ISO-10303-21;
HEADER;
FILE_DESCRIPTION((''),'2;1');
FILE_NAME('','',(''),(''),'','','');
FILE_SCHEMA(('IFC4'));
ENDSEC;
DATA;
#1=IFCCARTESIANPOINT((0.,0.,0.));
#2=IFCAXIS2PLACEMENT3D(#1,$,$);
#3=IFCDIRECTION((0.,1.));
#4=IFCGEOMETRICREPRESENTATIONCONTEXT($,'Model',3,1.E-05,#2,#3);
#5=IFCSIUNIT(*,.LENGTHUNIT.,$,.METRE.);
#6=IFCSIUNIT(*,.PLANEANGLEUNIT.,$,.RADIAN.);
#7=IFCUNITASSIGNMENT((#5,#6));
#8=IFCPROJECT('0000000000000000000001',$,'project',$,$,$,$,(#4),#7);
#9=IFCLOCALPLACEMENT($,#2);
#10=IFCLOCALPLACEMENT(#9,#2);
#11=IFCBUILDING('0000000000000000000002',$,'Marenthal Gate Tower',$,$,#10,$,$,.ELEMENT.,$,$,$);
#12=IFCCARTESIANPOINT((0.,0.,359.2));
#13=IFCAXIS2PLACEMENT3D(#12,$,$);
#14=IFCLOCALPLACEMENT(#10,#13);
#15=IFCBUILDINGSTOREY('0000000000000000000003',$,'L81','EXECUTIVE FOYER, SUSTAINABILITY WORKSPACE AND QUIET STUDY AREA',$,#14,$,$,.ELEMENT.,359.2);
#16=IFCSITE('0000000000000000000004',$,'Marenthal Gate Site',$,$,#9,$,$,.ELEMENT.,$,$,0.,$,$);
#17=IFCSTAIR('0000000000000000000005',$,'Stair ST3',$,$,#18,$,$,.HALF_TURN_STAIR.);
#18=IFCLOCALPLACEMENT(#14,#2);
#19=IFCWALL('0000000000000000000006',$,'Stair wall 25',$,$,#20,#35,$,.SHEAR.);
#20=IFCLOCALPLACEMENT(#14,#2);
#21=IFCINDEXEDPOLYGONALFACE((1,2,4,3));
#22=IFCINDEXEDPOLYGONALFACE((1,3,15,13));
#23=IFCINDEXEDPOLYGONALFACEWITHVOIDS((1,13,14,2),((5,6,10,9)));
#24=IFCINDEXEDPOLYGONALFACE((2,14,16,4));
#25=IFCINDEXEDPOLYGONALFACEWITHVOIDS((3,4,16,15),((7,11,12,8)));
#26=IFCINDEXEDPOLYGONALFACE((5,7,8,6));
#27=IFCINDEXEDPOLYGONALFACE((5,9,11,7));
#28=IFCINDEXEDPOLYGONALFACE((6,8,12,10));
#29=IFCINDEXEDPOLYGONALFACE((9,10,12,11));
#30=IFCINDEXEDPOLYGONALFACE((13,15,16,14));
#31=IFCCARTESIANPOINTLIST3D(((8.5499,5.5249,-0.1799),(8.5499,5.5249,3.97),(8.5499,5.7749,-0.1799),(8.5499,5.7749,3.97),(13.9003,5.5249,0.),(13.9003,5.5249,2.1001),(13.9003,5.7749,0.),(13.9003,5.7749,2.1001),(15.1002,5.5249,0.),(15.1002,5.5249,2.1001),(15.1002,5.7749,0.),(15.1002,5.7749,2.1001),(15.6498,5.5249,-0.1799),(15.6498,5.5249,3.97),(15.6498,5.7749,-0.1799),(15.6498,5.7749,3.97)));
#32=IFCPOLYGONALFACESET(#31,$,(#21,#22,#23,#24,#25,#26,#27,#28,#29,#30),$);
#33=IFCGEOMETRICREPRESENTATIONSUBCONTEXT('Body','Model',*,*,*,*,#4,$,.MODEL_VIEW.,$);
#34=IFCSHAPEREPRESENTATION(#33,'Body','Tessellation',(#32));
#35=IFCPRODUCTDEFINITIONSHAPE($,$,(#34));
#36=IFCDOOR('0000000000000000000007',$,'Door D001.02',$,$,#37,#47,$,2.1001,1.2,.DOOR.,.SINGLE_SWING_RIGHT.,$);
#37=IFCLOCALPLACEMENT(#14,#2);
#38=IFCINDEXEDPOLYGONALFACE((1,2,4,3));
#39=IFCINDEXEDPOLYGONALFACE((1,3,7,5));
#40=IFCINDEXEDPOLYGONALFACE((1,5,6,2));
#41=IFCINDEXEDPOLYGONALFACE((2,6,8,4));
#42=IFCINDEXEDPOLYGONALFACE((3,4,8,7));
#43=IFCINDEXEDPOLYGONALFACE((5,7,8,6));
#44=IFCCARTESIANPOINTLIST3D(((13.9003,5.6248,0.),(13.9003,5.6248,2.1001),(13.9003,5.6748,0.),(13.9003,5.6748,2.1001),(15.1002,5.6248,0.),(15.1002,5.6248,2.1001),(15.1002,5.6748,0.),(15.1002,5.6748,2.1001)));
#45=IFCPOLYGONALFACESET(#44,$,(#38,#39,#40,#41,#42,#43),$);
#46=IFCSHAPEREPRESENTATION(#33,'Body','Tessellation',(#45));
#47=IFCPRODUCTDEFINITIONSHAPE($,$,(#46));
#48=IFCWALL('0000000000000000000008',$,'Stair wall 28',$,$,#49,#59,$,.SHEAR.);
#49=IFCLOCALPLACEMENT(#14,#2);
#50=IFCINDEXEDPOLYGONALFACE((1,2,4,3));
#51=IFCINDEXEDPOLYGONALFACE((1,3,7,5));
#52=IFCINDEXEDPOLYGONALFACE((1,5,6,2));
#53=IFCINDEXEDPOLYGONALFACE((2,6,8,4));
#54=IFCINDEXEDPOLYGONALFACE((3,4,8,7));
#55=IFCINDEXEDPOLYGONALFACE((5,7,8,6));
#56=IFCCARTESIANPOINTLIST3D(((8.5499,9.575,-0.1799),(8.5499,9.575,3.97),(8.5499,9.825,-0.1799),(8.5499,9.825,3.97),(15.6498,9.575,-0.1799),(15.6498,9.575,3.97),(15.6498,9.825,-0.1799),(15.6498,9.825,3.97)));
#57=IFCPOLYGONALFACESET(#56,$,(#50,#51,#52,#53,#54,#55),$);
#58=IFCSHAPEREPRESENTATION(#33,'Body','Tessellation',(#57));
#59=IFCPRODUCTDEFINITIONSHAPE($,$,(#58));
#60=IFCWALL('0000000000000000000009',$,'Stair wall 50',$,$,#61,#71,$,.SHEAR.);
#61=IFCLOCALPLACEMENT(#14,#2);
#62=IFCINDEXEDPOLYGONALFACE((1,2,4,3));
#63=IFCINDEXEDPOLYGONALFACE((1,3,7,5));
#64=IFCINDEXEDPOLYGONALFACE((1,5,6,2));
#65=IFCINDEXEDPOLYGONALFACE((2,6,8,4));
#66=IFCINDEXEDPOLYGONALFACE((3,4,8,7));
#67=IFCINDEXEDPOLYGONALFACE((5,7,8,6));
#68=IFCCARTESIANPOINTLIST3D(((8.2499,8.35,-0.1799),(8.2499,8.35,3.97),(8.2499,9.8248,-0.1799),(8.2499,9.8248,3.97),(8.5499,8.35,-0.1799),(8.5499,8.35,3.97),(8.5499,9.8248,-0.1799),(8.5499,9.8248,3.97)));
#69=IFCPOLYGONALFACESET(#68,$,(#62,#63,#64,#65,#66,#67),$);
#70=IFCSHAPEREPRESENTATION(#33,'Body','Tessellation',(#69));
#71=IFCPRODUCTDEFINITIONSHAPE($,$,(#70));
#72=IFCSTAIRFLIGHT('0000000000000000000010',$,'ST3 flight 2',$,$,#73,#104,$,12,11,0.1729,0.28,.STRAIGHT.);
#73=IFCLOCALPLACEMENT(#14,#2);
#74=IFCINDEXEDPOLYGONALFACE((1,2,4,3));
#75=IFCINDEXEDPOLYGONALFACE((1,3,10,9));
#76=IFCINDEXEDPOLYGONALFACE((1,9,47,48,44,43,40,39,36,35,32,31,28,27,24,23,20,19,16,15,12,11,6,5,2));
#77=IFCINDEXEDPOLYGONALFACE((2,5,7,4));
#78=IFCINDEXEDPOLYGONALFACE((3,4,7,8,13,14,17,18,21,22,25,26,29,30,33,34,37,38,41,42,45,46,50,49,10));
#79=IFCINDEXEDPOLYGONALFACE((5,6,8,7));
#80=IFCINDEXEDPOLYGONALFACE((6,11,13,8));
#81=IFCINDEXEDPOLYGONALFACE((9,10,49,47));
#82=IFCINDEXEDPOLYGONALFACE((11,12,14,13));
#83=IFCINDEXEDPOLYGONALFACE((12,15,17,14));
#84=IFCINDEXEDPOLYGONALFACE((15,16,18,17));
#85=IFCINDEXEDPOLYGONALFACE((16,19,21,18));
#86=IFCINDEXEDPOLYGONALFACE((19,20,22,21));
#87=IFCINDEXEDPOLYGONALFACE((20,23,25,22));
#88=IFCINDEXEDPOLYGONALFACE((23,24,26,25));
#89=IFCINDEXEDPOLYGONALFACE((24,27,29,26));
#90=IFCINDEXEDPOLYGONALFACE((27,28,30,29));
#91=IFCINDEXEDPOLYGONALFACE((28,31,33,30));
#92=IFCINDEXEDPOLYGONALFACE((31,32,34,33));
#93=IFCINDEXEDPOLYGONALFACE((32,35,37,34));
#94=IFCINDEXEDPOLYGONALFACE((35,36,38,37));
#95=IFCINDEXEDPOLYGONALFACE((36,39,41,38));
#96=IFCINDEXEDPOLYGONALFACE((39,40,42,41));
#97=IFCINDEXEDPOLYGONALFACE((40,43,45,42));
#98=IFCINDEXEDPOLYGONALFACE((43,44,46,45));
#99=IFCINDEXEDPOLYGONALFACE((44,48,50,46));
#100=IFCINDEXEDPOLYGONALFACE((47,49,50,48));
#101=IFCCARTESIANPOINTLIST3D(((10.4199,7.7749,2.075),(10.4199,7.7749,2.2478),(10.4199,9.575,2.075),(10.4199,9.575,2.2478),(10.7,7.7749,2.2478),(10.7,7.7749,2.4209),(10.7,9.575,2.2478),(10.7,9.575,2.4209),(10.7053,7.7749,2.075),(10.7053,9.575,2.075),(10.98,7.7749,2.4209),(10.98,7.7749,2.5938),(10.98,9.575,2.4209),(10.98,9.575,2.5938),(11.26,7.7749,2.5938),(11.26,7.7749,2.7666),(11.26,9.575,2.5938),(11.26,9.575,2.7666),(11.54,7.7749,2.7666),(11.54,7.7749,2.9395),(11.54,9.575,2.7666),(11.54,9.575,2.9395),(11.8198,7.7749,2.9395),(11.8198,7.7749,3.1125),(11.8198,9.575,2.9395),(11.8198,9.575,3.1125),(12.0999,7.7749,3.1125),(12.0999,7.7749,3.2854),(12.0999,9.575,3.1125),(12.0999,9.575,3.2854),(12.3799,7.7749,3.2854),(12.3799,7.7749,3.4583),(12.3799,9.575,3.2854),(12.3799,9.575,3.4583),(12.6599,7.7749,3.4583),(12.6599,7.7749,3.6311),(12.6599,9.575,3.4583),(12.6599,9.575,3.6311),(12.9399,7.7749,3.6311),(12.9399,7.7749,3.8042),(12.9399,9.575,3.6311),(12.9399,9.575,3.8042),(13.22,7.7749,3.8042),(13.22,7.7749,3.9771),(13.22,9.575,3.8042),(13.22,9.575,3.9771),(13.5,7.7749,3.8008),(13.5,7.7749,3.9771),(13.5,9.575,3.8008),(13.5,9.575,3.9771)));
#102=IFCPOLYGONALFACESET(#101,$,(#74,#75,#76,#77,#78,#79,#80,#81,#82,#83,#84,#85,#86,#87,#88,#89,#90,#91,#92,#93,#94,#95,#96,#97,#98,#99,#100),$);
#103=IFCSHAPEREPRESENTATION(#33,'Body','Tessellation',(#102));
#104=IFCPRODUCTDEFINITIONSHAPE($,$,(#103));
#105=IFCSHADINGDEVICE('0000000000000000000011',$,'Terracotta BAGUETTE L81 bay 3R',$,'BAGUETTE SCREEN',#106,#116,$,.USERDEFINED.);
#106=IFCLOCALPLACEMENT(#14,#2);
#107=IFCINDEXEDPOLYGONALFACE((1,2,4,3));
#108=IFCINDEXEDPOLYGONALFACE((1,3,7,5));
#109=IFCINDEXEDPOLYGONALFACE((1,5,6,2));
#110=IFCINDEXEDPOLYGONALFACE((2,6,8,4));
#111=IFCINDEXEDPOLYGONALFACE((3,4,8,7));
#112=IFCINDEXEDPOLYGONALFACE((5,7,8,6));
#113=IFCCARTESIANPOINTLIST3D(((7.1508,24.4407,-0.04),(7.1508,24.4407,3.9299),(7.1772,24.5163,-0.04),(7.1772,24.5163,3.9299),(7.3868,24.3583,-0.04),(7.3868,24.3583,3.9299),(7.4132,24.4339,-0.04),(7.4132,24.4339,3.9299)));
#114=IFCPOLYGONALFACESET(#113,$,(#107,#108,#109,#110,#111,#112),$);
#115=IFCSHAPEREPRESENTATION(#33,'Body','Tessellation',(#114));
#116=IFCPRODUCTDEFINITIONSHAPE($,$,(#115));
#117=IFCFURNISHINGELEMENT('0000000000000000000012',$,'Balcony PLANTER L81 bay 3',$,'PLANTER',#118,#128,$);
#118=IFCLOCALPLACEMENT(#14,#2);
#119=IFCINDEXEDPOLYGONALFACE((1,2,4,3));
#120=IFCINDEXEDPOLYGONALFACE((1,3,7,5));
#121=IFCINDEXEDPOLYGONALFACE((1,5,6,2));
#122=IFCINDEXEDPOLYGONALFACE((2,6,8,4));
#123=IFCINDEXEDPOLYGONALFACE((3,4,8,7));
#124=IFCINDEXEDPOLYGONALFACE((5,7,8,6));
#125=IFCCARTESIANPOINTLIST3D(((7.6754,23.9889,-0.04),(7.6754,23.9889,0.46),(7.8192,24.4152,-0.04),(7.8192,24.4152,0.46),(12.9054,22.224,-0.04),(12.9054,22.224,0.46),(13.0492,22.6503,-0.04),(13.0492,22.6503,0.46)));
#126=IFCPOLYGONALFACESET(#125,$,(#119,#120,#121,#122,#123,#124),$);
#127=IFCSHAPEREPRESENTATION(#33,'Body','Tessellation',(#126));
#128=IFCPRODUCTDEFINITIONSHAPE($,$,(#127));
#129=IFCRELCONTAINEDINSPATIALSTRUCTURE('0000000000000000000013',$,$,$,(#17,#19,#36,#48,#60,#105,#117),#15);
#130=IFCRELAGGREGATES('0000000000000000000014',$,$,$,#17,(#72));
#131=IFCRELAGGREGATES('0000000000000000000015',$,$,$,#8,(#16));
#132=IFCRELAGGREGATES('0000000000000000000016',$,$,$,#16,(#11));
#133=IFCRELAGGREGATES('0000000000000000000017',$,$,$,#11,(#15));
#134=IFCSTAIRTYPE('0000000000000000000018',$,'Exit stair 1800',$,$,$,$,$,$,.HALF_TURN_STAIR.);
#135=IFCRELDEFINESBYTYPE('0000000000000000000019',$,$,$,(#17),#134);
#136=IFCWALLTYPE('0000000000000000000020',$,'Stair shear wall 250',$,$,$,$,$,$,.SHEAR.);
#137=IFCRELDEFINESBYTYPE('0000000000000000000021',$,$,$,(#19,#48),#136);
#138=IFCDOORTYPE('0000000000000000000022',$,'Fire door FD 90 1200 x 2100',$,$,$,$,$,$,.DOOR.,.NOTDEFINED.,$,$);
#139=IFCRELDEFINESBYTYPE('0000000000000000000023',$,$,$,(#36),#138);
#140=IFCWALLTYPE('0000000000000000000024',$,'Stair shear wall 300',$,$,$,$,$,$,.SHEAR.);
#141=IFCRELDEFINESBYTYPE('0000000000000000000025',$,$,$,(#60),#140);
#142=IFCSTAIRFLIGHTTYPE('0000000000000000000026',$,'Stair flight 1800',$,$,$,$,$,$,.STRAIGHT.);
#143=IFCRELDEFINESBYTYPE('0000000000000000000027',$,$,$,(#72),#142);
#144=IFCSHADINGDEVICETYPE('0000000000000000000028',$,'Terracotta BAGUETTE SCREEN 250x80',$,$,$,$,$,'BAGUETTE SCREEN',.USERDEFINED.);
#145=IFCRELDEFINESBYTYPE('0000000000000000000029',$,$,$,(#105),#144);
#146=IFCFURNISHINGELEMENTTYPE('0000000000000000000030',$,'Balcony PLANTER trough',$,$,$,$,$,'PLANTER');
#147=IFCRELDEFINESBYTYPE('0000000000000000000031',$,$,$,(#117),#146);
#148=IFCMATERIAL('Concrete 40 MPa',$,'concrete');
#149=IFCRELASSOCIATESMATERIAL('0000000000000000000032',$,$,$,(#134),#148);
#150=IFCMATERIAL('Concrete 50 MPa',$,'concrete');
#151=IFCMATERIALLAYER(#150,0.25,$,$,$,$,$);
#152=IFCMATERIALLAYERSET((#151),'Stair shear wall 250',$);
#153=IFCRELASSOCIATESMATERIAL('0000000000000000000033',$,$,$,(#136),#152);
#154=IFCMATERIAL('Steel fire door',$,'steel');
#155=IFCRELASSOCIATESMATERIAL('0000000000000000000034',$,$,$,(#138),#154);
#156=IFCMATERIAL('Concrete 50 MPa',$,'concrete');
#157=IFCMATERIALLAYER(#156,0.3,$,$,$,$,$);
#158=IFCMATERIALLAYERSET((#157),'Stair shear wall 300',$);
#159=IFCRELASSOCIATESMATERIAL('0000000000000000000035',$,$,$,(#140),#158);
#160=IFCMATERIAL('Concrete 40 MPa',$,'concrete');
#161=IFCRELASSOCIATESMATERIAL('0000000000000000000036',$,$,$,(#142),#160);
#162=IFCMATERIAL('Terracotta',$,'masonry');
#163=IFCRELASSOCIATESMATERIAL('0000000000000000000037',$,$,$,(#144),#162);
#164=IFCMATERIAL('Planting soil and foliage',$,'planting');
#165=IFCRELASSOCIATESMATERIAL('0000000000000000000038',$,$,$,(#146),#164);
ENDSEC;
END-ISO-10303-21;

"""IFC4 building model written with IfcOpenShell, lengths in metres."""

from ifc_helpers import new_model, si_unit, direction, frame, frame_2d, origin, origin_2d, place, context, subcontext, project, spatial, polyline, rectangle, outline, extrude, material, layer, layer_set, material_profile, profile_set, type_object, element, fill, aggregate, save


model = new_model("IFC4")

# Units and contexts
model_context = context("Model", 3, precision=1e-05, world=origin(), true_north=direction((0.0, 1.0)))
body_context = subcontext(model_context, "Body", "Model", "MODEL_VIEW")
ifc_project = project(units=[si_unit("LENGTHUNIT", "METRE"), si_unit("PLANEANGLEUNIT", "RADIAN")], contexts=[model_context])

# Site, building, storey
site_placement = place(None, origin())
site = spatial("IfcSite", under=ifc_project, at=site_placement, Name="Marenthal Gate Site", CompositionType="ELEMENT", RefElevation=0.0)
building_placement = place(site_placement, origin())
building = spatial("IfcBuilding", under=site, at=building_placement, Name="Marenthal Gate Tower", CompositionType="ELEMENT")
storey_placement = place(building_placement, frame((0.0, 0.0, 359.2)))
storey = spatial("IfcBuildingStorey", under=building, at=storey_placement, Name="L81", Description="EXECUTIVE FOYER, SUSTAINABILITY WORKSPACE AND QUIET STUDY AREA", CompositionType="ELEMENT", Elevation=359.2)

# Stair
ifc_material_1 = material(Name="Concrete 40 MPa", Category="concrete")
stair_type = type_object("IfcStairType", Name="Exit stair 1800", PredefinedType="HALF_TURN_STAIR", material=ifc_material_1)
stair_1_placement = place(storey_placement, origin())
stair_1 = element("IfcStair", 1, at=stair_1_placement, inside=storey, type_object=stair_type, Name="Stair ST3", PredefinedType="HALF_TURN_STAIR")

# Wall, opening, door
ifc_material_2 = material(Name="Concrete 50 MPa", Category="concrete")
ifc_layer_1 = layer(ifc_material_2, 0.25)
ifc_layer_set_1 = layer_set([ifc_layer_1], Name="Stair shear wall 250")
wall_type_1 = type_object("IfcWallType", Name="Stair shear wall 250", PredefinedType="SHEAR", material=ifc_layer_set_1)
wall_1_placement = place(storey_placement, frame((8.55, 5.6499, -0.1799), z_axis=(0.0, 0.0, 1.0), x_axis=(1.0, 0.0, 0.0)))
wall_1 = element("IfcWall", 2, at=wall_1_placement, inside=storey, type_object=wall_type_1, Name="Stair wall 25", PredefinedType="SHEAR", context=body_context, shape_type="SweptSolid", body=[
    extrude(rectangle(XDim=7.0999, YDim=0.25, at=frame_2d((3.5498, 0.0))), origin(), (0.0, 0.0, 1.0), 4.1499),
])
opening_placement = place(wall_1_placement, frame((5.3501, 0.0, 0.1799)))
opening = element("IfcOpeningElement", 3, at=opening_placement, cuts=wall_1, PredefinedType="OPENING", context=body_context, shape_type="SweptSolid", body=[
    extrude(rectangle(XDim=1.2, YDim=2.1001, at=frame_2d((0.6001, 1.05))), frame((0.0, 0.135, 0.0), z_axis=(0.0, -1.0, 0.0), x_axis=(1.0, 0.0, 0.0)), (0.0, 0.0, 1.0), 0.27),
])
ifc_material_3 = material(Name="Steel fire door", Category="steel")
door_type = type_object("IfcDoorType", Name="Fire door FD 90 1200 x 2100", OperationType="NOTDEFINED", PredefinedType="DOOR", material=ifc_material_3)
door_placement = place(opening_placement, origin())
door = element("IfcDoor", 4, at=door_placement, inside=storey, type_object=door_type, Name="Door D001.02", OperationType="SINGLE_SWING_RIGHT", OverallHeight=2.1001, OverallWidth=1.2, PredefinedType="DOOR", context=body_context, shape_type="SweptSolid", body=[
    extrude(rectangle(XDim=1.2, YDim=2.1001, at=frame_2d((0.6001, 1.05))), frame((0.0, 0.0249, 0.0), z_axis=(0.0, -1.0, 0.0), x_axis=(1.0, 0.0, 0.0)), (0.0, 0.0, 1.0), 0.05),
])
fill(opening, door)

# Walls
wall_2_placement = place(storey_placement, frame((8.55, 9.7, -0.1799), z_axis=(0.0, 0.0, 1.0), x_axis=(1.0, 0.0, 0.0)))
element("IfcWall", 5, at=wall_2_placement, inside=storey, type_object=wall_type_1, Name="Stair wall 28", PredefinedType="SHEAR", context=body_context, shape_type="SweptSolid", body=[
    extrude(rectangle(XDim=7.0999, YDim=0.25, at=frame_2d((3.5498, 0.0))), origin(), (0.0, 0.0, 1.0), 4.1499),
])
ifc_material_4 = material(Name="Concrete 50 MPa", Category="concrete")
ifc_layer_2 = layer(ifc_material_4, 0.3)
ifc_layer_set_2 = layer_set([ifc_layer_2], Name="Stair shear wall 300")
wall_type_2 = type_object("IfcWallType", Name="Stair shear wall 300", PredefinedType="SHEAR", material=ifc_layer_set_2)
wall_3_placement = place(storey_placement, frame((8.3999, 8.3501, -0.1799), z_axis=(0.0, 0.0, 1.0), x_axis=(0.0, 1.0, 0.0)))
element("IfcWall", 6, at=wall_3_placement, inside=storey, type_object=wall_type_2, Name="Stair wall 50", PredefinedType="SHEAR", context=body_context, shape_type="SweptSolid", body=[
    extrude(rectangle(XDim=1.4749, YDim=0.3, at=frame_2d((0.7373, 0.0))), origin(), (0.0, 0.0, 1.0), 4.1499),
])

# Stair flight
ifc_material_5 = material(Name="Concrete 40 MPa", Category="concrete")
stair_flight_type = type_object("IfcStairFlightType", Name="Stair flight 1800", PredefinedType="STRAIGHT", material=ifc_material_5)
stair_flight_placement = place(storey_placement, frame((10.4199, 8.675, 2.075), z_axis=(0.0, 0.0, 1.0), x_axis=(1.0, 0.0, 0.0)))
stair_flight = element("IfcStairFlight", 7, at=stair_flight_placement, type_object=stair_flight_type, Name="ST3 flight 2", NumberOfRisers=12, NumberOfTreads=11, PredefinedType="STRAIGHT", RiserHeight=0.1729, TreadLength=0.28, context=body_context, shape_type="SweptSolid", body=[
    extrude(outline(polyline([(0.0, 0.0), (0.0, 0.1729), (0.28, 0.1729), (0.28, 0.3459), (0.5601, 0.3459), (0.5601, 0.5188), (0.8401, 0.5188), (0.8401, 0.6917), (1.1201, 0.6917), (1.1201, 0.8645), (1.3999, 0.8645), (1.3999, 1.0376), (1.6799, 1.0376), (1.6799, 1.2104), (1.96, 1.2104), (1.96, 1.3833), (2.24, 1.3833), (2.24, 1.5562), (2.52, 1.5562), (2.52, 1.7292), (2.8, 1.7292), (2.8, 1.9021), (3.0801, 1.9021), (3.0801, 2.075), (3.0801, 1.7258), (0.2854, 0.0), (0.0, 0.0)])), frame((0.0, 0.8999, 0.0), z_axis=(0.0, -1.0, 0.0), x_axis=(1.0, 0.0, 0.0)), (0.0, 0.0, 1.0), 1.8),
])
aggregate(stair_1, [stair_flight])

# Shading device
ifc_material_6 = material(Name="Terracotta", Category="masonry")
ifc_material_profile_1 = material_profile(ifc_material_6, rectangle(XDim=0.25, YDim=0.0801, at=origin_2d()), Name="Terracotta baguette 250x80")
ifc_profile_set_1 = profile_set([ifc_material_profile_1], Name="Terracotta")
shading_device_type = type_object("IfcShadingDeviceType", Name="Terracotta BAGUETTE SCREEN 250x80", ElementType="BAGUETTE SCREEN", PredefinedType="USERDEFINED", material=ifc_profile_set_1)
shading_device_placement = place(storey_placement, frame((7.282, 24.4373, -0.04), z_axis=(0.0, 0.0, 1.0), x_axis=(-0.944118, 0.329607, 0.0)))
element("IfcShadingDevice", 8, at=shading_device_placement, inside=storey, type_object=shading_device_type, Name="Terracotta BAGUETTE L81 bay 3R", ObjectType="BAGUETTE SCREEN", PredefinedType="USERDEFINED", context=body_context, shape_type="SweptSolid", body=[
    extrude(rectangle(XDim=0.25, YDim=0.0801, at=origin_2d()), origin(), (0.0, 0.0, 1.0), 3.97),
])

# Furnishing element
ifc_material_7 = material(Name="Planting soil and foliage", Category="planting")
furnishing_element_type = type_object("IfcFurnishingElementType", Name="Balcony PLANTER trough", ElementType="PLANTER", material=ifc_material_7)
furnishing_placement = place(storey_placement, frame((10.3623, 23.3196, -0.04), z_axis=(0.0, 0.0, 1.0), x_axis=(-0.947505, 0.31974, 0.0)))
element("IfcFurnishingElement", 9, at=furnishing_placement, inside=storey, type_object=furnishing_element_type, Name="Balcony PLANTER L81 bay 3", ObjectType="PLANTER", context=body_context, shape_type="SweptSolid", body=[
    extrude(rectangle(XDim=5.5198, YDim=0.45, at=origin_2d()), origin(), (0.0, 0.0, 1.0), 0.5),
])

save(model, "model.ifc")
